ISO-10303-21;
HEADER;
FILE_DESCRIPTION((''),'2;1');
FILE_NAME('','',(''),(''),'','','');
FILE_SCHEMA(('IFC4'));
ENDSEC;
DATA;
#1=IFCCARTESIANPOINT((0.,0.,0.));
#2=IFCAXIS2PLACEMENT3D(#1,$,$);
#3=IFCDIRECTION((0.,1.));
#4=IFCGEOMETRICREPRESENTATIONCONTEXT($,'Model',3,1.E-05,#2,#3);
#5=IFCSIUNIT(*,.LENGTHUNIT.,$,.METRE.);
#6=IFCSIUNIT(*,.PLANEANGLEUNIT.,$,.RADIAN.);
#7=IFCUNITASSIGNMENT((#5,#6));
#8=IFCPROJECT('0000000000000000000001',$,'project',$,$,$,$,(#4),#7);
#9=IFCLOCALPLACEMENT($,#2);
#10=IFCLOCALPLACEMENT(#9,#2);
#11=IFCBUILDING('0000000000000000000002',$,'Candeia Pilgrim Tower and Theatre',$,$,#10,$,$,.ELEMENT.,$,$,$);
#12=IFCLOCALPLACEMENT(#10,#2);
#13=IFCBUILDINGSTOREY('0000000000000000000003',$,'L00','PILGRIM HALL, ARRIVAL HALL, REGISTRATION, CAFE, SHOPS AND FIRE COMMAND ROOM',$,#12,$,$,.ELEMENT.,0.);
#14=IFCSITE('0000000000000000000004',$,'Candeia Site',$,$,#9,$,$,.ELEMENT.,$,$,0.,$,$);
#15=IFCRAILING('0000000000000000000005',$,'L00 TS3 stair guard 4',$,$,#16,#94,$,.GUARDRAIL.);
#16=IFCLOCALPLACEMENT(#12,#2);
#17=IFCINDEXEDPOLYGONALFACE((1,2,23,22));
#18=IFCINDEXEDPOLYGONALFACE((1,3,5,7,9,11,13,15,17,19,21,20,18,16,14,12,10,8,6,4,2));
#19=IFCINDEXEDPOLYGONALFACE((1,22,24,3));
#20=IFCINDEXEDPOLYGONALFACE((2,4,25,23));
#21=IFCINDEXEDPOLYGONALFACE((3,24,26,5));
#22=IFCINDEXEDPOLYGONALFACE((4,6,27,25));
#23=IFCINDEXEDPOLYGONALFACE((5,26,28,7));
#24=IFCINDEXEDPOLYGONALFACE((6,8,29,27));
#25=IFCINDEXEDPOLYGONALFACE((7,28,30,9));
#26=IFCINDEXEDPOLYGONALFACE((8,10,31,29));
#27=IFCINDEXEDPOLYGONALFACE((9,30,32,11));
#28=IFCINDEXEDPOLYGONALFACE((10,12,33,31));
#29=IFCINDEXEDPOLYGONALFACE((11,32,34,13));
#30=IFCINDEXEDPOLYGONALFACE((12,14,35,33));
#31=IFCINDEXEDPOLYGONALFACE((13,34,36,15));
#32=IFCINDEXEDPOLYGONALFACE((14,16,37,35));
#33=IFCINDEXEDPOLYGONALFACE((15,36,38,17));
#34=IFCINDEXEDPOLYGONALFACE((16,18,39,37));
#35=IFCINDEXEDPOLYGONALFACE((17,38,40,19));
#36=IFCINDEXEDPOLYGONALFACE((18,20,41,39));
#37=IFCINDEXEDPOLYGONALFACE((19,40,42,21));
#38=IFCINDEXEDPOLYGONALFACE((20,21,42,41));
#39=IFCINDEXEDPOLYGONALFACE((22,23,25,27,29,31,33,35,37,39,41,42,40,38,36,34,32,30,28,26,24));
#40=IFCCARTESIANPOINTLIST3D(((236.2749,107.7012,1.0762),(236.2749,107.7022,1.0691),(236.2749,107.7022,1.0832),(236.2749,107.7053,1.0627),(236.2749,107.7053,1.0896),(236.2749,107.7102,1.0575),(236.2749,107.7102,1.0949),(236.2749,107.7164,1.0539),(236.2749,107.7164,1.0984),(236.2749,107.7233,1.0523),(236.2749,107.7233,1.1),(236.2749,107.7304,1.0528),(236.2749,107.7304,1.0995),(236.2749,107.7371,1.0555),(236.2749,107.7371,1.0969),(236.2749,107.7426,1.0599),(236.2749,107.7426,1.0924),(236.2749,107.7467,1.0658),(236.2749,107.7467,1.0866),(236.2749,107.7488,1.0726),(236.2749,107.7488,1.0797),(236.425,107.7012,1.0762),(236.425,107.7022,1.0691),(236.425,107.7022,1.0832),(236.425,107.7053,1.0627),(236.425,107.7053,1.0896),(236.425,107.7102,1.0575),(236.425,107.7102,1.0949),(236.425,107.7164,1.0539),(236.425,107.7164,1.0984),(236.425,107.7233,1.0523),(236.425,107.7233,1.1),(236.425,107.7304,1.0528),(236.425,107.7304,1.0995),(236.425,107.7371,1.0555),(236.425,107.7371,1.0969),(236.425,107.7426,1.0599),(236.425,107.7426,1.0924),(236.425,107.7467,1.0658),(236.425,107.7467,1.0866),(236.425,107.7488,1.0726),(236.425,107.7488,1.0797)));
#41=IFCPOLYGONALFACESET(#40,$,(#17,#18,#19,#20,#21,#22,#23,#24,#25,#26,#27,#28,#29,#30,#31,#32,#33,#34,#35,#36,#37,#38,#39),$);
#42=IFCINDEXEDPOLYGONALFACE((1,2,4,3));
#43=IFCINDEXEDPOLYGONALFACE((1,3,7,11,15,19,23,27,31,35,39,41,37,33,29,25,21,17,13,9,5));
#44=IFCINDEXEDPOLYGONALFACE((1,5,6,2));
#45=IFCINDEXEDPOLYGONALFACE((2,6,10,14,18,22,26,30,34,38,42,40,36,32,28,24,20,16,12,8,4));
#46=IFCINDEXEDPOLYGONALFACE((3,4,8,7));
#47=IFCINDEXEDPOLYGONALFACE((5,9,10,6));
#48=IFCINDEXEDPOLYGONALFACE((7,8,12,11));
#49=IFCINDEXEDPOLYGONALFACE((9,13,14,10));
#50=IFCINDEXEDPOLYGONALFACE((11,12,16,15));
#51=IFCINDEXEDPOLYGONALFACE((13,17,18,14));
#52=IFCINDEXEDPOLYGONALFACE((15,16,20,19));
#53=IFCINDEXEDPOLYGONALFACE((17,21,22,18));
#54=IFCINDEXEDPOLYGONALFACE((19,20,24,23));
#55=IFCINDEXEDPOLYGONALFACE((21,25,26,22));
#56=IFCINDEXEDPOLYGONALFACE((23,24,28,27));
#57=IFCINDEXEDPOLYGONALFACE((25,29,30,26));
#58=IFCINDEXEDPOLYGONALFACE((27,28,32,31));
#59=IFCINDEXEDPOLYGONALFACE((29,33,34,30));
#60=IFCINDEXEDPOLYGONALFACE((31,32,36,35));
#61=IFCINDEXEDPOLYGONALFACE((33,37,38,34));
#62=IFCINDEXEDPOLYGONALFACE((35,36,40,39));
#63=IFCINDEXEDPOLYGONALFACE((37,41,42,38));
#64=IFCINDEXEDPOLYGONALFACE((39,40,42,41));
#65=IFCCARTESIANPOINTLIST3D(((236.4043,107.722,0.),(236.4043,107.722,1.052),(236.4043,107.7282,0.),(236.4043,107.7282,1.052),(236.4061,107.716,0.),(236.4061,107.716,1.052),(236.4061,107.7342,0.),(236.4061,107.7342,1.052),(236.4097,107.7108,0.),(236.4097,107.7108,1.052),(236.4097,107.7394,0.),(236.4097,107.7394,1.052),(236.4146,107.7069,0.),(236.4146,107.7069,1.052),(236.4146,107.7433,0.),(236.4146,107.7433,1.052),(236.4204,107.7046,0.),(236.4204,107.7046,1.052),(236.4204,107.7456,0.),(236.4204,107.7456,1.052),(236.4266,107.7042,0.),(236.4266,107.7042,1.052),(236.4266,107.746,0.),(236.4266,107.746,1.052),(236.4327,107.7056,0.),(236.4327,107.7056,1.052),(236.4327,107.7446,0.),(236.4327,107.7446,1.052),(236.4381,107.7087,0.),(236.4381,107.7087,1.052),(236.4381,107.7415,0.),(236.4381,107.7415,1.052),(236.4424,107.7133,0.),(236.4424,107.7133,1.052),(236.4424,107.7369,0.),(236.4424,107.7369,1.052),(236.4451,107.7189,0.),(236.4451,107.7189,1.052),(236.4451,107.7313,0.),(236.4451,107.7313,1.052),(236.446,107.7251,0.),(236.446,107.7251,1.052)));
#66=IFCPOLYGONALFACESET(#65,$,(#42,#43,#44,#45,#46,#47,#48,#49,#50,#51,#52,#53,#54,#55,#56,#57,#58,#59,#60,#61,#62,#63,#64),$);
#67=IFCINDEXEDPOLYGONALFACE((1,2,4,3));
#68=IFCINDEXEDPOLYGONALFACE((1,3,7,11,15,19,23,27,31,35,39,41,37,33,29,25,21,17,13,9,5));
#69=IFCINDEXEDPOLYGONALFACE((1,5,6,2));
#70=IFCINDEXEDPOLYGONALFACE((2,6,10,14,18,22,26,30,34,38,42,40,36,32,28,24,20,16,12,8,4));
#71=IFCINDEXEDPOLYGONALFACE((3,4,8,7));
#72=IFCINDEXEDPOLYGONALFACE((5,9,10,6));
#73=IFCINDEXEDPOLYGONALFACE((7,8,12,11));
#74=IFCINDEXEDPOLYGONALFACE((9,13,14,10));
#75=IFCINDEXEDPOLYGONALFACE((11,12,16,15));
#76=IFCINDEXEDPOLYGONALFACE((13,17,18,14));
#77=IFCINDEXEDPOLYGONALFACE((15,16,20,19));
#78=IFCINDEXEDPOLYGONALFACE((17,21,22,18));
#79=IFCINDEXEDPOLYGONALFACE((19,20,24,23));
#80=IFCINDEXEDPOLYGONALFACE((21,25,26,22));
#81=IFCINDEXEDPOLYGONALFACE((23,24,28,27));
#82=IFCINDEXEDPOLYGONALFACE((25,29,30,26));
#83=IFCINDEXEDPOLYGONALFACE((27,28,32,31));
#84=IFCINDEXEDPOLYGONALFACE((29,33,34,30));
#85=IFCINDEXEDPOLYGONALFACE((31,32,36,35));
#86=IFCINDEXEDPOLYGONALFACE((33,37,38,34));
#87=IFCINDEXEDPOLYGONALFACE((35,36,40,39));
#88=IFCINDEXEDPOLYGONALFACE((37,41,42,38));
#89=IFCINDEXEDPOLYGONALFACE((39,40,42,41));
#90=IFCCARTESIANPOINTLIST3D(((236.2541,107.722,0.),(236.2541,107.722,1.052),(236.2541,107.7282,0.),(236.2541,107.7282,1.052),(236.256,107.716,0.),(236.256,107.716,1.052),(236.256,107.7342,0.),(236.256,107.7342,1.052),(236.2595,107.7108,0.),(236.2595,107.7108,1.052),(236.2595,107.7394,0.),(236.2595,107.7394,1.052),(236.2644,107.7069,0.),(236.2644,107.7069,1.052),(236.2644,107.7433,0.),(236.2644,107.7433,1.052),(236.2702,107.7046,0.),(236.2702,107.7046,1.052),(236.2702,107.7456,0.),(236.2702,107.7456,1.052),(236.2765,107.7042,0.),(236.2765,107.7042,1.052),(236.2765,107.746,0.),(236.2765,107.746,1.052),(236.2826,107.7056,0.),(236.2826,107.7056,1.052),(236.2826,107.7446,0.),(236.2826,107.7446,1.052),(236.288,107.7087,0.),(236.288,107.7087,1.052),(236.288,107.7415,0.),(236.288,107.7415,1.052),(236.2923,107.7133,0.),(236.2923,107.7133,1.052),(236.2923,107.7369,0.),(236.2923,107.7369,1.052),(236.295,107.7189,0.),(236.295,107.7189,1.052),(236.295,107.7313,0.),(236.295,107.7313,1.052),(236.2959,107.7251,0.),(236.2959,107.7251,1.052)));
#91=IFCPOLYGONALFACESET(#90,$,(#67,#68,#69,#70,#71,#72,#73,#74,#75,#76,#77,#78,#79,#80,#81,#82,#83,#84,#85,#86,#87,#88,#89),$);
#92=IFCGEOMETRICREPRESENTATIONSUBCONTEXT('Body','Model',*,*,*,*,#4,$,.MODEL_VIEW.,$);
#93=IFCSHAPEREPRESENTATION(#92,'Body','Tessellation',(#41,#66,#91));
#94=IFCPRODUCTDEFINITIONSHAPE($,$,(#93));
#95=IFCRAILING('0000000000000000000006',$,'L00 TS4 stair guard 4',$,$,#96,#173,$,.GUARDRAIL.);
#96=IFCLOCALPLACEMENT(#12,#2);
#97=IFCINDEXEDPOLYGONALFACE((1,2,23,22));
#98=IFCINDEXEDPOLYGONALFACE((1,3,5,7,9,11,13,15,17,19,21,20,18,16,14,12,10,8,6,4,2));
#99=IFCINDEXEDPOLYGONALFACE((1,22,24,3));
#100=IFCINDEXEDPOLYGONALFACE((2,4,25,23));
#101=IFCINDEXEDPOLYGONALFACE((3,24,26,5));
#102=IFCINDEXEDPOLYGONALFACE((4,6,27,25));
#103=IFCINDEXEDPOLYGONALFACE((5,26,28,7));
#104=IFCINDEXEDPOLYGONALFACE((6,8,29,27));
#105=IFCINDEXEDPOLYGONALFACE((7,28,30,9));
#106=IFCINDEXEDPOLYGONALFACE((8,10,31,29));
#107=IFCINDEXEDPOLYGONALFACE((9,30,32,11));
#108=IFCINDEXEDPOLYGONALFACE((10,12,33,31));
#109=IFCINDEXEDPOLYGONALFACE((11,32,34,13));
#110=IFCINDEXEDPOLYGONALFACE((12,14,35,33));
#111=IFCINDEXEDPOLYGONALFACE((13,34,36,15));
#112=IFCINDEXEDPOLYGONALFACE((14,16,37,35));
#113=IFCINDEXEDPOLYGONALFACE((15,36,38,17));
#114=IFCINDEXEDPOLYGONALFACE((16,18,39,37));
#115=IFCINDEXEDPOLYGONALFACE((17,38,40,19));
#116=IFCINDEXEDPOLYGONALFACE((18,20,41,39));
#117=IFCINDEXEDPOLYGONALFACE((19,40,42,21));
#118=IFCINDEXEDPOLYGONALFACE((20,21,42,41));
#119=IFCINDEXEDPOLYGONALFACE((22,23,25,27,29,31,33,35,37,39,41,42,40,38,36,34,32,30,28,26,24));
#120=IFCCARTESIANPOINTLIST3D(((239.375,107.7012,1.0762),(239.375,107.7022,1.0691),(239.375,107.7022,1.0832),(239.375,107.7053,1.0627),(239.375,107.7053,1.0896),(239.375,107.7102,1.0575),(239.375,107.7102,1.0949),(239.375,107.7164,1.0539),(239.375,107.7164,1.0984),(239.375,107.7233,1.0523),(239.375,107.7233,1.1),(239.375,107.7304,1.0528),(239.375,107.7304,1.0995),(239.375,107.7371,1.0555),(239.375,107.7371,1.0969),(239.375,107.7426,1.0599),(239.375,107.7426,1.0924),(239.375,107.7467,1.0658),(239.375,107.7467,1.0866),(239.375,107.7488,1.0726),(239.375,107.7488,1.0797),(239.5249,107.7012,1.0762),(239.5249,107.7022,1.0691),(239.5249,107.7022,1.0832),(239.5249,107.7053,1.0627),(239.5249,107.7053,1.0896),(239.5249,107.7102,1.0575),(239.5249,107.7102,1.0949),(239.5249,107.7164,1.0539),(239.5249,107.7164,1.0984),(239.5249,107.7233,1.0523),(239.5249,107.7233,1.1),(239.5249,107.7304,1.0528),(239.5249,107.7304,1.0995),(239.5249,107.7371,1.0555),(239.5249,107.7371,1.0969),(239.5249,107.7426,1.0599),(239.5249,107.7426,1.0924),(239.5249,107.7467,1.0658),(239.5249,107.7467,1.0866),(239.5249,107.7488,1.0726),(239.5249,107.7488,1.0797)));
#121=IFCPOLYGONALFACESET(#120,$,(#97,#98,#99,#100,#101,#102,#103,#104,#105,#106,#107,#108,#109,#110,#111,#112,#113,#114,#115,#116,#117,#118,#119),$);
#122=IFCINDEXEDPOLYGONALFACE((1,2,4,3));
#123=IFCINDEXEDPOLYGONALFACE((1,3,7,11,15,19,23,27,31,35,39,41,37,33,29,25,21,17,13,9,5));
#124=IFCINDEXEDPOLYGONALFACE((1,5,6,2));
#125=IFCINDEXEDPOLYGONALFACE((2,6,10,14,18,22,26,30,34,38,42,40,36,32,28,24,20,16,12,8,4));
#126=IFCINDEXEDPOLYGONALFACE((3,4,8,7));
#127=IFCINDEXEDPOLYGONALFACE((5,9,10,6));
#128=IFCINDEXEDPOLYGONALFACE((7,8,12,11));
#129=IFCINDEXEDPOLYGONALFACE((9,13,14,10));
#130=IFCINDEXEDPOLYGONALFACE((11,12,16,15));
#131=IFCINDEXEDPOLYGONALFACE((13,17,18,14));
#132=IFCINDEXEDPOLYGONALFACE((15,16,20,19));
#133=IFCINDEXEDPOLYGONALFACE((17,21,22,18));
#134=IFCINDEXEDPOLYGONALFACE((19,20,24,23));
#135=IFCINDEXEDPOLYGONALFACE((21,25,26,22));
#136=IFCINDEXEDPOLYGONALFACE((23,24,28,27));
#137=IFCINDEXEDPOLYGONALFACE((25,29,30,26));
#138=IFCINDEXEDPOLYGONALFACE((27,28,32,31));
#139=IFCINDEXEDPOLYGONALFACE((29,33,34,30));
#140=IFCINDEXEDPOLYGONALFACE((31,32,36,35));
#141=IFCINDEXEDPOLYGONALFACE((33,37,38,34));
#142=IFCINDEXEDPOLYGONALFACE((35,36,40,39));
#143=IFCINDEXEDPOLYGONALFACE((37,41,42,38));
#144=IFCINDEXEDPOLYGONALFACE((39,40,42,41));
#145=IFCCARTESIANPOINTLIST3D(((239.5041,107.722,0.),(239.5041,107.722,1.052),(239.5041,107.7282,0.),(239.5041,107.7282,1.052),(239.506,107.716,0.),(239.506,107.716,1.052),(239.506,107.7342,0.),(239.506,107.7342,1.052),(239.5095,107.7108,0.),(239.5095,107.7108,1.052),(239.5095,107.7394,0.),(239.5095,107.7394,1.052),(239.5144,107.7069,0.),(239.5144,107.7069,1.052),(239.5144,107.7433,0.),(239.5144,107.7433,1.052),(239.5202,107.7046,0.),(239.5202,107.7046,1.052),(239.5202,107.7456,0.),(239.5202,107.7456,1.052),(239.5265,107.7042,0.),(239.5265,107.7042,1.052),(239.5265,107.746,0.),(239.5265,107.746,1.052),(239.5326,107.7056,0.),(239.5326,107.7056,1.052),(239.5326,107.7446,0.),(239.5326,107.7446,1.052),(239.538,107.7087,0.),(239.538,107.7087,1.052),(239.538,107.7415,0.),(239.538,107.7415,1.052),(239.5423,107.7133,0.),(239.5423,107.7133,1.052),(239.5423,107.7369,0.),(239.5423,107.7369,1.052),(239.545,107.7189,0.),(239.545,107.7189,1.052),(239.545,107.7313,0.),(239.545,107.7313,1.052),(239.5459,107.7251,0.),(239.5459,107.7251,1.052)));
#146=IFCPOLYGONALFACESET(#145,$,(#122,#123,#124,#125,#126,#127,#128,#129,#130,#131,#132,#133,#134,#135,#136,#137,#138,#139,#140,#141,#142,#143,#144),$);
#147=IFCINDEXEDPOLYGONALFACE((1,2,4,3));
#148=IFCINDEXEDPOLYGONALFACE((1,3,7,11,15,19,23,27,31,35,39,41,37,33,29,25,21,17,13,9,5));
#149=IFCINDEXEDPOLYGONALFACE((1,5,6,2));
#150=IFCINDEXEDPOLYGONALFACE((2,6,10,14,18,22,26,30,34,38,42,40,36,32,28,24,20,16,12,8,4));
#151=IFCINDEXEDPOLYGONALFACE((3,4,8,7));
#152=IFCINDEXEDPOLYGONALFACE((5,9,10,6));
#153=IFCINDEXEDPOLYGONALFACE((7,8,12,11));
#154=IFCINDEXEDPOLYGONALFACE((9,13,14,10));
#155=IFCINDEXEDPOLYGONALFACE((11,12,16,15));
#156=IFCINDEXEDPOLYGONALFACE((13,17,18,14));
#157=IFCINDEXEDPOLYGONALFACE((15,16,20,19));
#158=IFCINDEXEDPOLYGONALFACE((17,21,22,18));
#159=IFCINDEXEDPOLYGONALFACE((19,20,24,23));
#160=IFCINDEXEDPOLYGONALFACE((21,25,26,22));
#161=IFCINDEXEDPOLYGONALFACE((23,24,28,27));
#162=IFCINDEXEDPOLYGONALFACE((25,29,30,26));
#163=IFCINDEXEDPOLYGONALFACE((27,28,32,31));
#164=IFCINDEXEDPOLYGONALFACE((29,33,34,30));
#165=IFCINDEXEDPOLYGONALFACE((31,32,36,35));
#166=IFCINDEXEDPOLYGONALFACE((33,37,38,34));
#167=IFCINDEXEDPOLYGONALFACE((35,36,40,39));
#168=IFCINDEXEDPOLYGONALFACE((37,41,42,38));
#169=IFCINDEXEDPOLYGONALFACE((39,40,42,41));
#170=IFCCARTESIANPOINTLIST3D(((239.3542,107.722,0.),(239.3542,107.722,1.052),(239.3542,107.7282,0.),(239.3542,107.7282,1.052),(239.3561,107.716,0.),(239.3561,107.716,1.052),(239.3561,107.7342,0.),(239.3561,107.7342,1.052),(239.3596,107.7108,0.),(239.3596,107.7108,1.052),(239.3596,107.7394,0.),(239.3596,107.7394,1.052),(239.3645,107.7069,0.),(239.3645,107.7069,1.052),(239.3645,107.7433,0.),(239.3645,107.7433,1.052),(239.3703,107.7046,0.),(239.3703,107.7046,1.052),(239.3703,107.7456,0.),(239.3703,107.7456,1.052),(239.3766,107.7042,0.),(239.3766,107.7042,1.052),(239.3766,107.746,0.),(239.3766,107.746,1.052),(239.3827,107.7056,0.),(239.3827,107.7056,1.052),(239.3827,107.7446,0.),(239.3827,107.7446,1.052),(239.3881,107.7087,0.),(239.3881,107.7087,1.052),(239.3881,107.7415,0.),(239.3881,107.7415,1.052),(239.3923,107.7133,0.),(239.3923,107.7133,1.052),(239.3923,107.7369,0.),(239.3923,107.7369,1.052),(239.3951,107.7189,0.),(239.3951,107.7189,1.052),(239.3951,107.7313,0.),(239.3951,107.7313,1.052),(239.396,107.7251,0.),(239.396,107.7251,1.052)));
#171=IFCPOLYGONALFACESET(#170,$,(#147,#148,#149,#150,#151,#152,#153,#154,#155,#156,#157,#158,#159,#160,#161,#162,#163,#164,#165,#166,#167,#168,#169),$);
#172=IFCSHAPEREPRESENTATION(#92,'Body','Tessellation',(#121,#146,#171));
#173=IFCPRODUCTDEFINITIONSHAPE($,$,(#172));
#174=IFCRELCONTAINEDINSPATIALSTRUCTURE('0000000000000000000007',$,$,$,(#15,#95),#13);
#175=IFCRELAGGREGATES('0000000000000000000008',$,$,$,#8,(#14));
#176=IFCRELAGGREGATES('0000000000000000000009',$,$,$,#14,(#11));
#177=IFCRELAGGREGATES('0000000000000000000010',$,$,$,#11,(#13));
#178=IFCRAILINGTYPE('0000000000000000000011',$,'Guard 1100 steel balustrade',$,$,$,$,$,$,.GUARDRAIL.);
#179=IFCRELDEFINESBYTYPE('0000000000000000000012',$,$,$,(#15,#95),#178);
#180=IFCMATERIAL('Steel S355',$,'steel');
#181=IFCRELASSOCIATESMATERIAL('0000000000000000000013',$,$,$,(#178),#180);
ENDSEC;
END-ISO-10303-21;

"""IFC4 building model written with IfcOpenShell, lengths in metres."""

from ifc_helpers import new_model, si_unit, direction, frame, origin, origin_2d, place, context, subcontext, project, spatial, circle, extrude, material, type_object, element, save


model = new_model("IFC4")

# Units and contexts
model_context = context("Model", 3, precision=1e-05, world=origin(), true_north=direction((0.0, 1.0)))
body_context = subcontext(model_context, "Body", "Model", "MODEL_VIEW")
ifc_project = project(units=[si_unit("LENGTHUNIT", "METRE"), si_unit("PLANEANGLEUNIT", "RADIAN")], contexts=[model_context])

# Site, building, storey
site_placement = place(None, origin())
site = spatial("IfcSite", under=ifc_project, at=site_placement, Name="Candeia Site", CompositionType="ELEMENT", RefElevation=0.0)
building_placement = place(site_placement, origin())
building = spatial("IfcBuilding", under=site, at=building_placement, Name="Candeia Pilgrim Tower and Theatre", CompositionType="ELEMENT")
storey_placement = place(building_placement, origin())
storey = spatial("IfcBuildingStorey", under=building, at=storey_placement, Name="L00", Description="PILGRIM HALL, ARRIVAL HALL, REGISTRATION, CAFE, SHOPS AND FIRE COMMAND ROOM", CompositionType="ELEMENT", Elevation=0.0)

# Railings
ifc_material_1 = material(Name="Steel S355", Category="steel")
railing_type_1 = type_object("IfcRailingType", Name="Guard 1100 steel balustrade", PredefinedType="GUARDRAIL", material=ifc_material_1)
railing_1_placement = place(storey_placement, frame((236.425, 107.7251, 0.0)))
element("IfcRailing", 1, at=railing_1_placement, inside=storey, type_object=railing_type_1, Name="L00 TS3 stair guard 4", PredefinedType="GUARDRAIL", context=body_context, shape_type="SweptSolid", body=[
    extrude(circle(Radius=0.0239, at=origin_2d()), frame((0.0, 0.0, 1.0762), z_axis=(-1.0, 0.0, 0.0), x_axis=(0.0, -1.0, 0.0)), (0.0, 0.0, 1.0), 0.1501),
    extrude(circle(Radius=0.021, at=origin_2d()), origin(), (0.0, 0.0, 1.0), 1.052),
    extrude(circle(Radius=0.021, at=origin_2d()), frame((-0.1501, 0.0, 0.0)), (0.0, 0.0, 1.0), 1.052),
])
railing_2_placement = place(storey_placement, frame((239.5249, 107.7251, 0.0)))
element("IfcRailing", 2, at=railing_2_placement, inside=storey, type_object=railing_type_1, Name="L00 TS4 stair guard 4", PredefinedType="GUARDRAIL", context=body_context, shape_type="SweptSolid", body=[
    extrude(circle(Radius=0.0239, at=origin_2d()), frame((0.0, 0.0, 1.0762), z_axis=(-1.0, 0.0, 0.0), x_axis=(0.0, -1.0, 0.0)), (0.0, 0.0, 1.0), 0.1499),
    extrude(circle(Radius=0.021, at=origin_2d()), origin(), (0.0, 0.0, 1.0), 1.052),
    extrude(circle(Radius=0.021, at=origin_2d()), frame((-0.1499, 0.0, 0.0)), (0.0, 0.0, 1.0), 1.052),
])

save(model, "model.ifc")
